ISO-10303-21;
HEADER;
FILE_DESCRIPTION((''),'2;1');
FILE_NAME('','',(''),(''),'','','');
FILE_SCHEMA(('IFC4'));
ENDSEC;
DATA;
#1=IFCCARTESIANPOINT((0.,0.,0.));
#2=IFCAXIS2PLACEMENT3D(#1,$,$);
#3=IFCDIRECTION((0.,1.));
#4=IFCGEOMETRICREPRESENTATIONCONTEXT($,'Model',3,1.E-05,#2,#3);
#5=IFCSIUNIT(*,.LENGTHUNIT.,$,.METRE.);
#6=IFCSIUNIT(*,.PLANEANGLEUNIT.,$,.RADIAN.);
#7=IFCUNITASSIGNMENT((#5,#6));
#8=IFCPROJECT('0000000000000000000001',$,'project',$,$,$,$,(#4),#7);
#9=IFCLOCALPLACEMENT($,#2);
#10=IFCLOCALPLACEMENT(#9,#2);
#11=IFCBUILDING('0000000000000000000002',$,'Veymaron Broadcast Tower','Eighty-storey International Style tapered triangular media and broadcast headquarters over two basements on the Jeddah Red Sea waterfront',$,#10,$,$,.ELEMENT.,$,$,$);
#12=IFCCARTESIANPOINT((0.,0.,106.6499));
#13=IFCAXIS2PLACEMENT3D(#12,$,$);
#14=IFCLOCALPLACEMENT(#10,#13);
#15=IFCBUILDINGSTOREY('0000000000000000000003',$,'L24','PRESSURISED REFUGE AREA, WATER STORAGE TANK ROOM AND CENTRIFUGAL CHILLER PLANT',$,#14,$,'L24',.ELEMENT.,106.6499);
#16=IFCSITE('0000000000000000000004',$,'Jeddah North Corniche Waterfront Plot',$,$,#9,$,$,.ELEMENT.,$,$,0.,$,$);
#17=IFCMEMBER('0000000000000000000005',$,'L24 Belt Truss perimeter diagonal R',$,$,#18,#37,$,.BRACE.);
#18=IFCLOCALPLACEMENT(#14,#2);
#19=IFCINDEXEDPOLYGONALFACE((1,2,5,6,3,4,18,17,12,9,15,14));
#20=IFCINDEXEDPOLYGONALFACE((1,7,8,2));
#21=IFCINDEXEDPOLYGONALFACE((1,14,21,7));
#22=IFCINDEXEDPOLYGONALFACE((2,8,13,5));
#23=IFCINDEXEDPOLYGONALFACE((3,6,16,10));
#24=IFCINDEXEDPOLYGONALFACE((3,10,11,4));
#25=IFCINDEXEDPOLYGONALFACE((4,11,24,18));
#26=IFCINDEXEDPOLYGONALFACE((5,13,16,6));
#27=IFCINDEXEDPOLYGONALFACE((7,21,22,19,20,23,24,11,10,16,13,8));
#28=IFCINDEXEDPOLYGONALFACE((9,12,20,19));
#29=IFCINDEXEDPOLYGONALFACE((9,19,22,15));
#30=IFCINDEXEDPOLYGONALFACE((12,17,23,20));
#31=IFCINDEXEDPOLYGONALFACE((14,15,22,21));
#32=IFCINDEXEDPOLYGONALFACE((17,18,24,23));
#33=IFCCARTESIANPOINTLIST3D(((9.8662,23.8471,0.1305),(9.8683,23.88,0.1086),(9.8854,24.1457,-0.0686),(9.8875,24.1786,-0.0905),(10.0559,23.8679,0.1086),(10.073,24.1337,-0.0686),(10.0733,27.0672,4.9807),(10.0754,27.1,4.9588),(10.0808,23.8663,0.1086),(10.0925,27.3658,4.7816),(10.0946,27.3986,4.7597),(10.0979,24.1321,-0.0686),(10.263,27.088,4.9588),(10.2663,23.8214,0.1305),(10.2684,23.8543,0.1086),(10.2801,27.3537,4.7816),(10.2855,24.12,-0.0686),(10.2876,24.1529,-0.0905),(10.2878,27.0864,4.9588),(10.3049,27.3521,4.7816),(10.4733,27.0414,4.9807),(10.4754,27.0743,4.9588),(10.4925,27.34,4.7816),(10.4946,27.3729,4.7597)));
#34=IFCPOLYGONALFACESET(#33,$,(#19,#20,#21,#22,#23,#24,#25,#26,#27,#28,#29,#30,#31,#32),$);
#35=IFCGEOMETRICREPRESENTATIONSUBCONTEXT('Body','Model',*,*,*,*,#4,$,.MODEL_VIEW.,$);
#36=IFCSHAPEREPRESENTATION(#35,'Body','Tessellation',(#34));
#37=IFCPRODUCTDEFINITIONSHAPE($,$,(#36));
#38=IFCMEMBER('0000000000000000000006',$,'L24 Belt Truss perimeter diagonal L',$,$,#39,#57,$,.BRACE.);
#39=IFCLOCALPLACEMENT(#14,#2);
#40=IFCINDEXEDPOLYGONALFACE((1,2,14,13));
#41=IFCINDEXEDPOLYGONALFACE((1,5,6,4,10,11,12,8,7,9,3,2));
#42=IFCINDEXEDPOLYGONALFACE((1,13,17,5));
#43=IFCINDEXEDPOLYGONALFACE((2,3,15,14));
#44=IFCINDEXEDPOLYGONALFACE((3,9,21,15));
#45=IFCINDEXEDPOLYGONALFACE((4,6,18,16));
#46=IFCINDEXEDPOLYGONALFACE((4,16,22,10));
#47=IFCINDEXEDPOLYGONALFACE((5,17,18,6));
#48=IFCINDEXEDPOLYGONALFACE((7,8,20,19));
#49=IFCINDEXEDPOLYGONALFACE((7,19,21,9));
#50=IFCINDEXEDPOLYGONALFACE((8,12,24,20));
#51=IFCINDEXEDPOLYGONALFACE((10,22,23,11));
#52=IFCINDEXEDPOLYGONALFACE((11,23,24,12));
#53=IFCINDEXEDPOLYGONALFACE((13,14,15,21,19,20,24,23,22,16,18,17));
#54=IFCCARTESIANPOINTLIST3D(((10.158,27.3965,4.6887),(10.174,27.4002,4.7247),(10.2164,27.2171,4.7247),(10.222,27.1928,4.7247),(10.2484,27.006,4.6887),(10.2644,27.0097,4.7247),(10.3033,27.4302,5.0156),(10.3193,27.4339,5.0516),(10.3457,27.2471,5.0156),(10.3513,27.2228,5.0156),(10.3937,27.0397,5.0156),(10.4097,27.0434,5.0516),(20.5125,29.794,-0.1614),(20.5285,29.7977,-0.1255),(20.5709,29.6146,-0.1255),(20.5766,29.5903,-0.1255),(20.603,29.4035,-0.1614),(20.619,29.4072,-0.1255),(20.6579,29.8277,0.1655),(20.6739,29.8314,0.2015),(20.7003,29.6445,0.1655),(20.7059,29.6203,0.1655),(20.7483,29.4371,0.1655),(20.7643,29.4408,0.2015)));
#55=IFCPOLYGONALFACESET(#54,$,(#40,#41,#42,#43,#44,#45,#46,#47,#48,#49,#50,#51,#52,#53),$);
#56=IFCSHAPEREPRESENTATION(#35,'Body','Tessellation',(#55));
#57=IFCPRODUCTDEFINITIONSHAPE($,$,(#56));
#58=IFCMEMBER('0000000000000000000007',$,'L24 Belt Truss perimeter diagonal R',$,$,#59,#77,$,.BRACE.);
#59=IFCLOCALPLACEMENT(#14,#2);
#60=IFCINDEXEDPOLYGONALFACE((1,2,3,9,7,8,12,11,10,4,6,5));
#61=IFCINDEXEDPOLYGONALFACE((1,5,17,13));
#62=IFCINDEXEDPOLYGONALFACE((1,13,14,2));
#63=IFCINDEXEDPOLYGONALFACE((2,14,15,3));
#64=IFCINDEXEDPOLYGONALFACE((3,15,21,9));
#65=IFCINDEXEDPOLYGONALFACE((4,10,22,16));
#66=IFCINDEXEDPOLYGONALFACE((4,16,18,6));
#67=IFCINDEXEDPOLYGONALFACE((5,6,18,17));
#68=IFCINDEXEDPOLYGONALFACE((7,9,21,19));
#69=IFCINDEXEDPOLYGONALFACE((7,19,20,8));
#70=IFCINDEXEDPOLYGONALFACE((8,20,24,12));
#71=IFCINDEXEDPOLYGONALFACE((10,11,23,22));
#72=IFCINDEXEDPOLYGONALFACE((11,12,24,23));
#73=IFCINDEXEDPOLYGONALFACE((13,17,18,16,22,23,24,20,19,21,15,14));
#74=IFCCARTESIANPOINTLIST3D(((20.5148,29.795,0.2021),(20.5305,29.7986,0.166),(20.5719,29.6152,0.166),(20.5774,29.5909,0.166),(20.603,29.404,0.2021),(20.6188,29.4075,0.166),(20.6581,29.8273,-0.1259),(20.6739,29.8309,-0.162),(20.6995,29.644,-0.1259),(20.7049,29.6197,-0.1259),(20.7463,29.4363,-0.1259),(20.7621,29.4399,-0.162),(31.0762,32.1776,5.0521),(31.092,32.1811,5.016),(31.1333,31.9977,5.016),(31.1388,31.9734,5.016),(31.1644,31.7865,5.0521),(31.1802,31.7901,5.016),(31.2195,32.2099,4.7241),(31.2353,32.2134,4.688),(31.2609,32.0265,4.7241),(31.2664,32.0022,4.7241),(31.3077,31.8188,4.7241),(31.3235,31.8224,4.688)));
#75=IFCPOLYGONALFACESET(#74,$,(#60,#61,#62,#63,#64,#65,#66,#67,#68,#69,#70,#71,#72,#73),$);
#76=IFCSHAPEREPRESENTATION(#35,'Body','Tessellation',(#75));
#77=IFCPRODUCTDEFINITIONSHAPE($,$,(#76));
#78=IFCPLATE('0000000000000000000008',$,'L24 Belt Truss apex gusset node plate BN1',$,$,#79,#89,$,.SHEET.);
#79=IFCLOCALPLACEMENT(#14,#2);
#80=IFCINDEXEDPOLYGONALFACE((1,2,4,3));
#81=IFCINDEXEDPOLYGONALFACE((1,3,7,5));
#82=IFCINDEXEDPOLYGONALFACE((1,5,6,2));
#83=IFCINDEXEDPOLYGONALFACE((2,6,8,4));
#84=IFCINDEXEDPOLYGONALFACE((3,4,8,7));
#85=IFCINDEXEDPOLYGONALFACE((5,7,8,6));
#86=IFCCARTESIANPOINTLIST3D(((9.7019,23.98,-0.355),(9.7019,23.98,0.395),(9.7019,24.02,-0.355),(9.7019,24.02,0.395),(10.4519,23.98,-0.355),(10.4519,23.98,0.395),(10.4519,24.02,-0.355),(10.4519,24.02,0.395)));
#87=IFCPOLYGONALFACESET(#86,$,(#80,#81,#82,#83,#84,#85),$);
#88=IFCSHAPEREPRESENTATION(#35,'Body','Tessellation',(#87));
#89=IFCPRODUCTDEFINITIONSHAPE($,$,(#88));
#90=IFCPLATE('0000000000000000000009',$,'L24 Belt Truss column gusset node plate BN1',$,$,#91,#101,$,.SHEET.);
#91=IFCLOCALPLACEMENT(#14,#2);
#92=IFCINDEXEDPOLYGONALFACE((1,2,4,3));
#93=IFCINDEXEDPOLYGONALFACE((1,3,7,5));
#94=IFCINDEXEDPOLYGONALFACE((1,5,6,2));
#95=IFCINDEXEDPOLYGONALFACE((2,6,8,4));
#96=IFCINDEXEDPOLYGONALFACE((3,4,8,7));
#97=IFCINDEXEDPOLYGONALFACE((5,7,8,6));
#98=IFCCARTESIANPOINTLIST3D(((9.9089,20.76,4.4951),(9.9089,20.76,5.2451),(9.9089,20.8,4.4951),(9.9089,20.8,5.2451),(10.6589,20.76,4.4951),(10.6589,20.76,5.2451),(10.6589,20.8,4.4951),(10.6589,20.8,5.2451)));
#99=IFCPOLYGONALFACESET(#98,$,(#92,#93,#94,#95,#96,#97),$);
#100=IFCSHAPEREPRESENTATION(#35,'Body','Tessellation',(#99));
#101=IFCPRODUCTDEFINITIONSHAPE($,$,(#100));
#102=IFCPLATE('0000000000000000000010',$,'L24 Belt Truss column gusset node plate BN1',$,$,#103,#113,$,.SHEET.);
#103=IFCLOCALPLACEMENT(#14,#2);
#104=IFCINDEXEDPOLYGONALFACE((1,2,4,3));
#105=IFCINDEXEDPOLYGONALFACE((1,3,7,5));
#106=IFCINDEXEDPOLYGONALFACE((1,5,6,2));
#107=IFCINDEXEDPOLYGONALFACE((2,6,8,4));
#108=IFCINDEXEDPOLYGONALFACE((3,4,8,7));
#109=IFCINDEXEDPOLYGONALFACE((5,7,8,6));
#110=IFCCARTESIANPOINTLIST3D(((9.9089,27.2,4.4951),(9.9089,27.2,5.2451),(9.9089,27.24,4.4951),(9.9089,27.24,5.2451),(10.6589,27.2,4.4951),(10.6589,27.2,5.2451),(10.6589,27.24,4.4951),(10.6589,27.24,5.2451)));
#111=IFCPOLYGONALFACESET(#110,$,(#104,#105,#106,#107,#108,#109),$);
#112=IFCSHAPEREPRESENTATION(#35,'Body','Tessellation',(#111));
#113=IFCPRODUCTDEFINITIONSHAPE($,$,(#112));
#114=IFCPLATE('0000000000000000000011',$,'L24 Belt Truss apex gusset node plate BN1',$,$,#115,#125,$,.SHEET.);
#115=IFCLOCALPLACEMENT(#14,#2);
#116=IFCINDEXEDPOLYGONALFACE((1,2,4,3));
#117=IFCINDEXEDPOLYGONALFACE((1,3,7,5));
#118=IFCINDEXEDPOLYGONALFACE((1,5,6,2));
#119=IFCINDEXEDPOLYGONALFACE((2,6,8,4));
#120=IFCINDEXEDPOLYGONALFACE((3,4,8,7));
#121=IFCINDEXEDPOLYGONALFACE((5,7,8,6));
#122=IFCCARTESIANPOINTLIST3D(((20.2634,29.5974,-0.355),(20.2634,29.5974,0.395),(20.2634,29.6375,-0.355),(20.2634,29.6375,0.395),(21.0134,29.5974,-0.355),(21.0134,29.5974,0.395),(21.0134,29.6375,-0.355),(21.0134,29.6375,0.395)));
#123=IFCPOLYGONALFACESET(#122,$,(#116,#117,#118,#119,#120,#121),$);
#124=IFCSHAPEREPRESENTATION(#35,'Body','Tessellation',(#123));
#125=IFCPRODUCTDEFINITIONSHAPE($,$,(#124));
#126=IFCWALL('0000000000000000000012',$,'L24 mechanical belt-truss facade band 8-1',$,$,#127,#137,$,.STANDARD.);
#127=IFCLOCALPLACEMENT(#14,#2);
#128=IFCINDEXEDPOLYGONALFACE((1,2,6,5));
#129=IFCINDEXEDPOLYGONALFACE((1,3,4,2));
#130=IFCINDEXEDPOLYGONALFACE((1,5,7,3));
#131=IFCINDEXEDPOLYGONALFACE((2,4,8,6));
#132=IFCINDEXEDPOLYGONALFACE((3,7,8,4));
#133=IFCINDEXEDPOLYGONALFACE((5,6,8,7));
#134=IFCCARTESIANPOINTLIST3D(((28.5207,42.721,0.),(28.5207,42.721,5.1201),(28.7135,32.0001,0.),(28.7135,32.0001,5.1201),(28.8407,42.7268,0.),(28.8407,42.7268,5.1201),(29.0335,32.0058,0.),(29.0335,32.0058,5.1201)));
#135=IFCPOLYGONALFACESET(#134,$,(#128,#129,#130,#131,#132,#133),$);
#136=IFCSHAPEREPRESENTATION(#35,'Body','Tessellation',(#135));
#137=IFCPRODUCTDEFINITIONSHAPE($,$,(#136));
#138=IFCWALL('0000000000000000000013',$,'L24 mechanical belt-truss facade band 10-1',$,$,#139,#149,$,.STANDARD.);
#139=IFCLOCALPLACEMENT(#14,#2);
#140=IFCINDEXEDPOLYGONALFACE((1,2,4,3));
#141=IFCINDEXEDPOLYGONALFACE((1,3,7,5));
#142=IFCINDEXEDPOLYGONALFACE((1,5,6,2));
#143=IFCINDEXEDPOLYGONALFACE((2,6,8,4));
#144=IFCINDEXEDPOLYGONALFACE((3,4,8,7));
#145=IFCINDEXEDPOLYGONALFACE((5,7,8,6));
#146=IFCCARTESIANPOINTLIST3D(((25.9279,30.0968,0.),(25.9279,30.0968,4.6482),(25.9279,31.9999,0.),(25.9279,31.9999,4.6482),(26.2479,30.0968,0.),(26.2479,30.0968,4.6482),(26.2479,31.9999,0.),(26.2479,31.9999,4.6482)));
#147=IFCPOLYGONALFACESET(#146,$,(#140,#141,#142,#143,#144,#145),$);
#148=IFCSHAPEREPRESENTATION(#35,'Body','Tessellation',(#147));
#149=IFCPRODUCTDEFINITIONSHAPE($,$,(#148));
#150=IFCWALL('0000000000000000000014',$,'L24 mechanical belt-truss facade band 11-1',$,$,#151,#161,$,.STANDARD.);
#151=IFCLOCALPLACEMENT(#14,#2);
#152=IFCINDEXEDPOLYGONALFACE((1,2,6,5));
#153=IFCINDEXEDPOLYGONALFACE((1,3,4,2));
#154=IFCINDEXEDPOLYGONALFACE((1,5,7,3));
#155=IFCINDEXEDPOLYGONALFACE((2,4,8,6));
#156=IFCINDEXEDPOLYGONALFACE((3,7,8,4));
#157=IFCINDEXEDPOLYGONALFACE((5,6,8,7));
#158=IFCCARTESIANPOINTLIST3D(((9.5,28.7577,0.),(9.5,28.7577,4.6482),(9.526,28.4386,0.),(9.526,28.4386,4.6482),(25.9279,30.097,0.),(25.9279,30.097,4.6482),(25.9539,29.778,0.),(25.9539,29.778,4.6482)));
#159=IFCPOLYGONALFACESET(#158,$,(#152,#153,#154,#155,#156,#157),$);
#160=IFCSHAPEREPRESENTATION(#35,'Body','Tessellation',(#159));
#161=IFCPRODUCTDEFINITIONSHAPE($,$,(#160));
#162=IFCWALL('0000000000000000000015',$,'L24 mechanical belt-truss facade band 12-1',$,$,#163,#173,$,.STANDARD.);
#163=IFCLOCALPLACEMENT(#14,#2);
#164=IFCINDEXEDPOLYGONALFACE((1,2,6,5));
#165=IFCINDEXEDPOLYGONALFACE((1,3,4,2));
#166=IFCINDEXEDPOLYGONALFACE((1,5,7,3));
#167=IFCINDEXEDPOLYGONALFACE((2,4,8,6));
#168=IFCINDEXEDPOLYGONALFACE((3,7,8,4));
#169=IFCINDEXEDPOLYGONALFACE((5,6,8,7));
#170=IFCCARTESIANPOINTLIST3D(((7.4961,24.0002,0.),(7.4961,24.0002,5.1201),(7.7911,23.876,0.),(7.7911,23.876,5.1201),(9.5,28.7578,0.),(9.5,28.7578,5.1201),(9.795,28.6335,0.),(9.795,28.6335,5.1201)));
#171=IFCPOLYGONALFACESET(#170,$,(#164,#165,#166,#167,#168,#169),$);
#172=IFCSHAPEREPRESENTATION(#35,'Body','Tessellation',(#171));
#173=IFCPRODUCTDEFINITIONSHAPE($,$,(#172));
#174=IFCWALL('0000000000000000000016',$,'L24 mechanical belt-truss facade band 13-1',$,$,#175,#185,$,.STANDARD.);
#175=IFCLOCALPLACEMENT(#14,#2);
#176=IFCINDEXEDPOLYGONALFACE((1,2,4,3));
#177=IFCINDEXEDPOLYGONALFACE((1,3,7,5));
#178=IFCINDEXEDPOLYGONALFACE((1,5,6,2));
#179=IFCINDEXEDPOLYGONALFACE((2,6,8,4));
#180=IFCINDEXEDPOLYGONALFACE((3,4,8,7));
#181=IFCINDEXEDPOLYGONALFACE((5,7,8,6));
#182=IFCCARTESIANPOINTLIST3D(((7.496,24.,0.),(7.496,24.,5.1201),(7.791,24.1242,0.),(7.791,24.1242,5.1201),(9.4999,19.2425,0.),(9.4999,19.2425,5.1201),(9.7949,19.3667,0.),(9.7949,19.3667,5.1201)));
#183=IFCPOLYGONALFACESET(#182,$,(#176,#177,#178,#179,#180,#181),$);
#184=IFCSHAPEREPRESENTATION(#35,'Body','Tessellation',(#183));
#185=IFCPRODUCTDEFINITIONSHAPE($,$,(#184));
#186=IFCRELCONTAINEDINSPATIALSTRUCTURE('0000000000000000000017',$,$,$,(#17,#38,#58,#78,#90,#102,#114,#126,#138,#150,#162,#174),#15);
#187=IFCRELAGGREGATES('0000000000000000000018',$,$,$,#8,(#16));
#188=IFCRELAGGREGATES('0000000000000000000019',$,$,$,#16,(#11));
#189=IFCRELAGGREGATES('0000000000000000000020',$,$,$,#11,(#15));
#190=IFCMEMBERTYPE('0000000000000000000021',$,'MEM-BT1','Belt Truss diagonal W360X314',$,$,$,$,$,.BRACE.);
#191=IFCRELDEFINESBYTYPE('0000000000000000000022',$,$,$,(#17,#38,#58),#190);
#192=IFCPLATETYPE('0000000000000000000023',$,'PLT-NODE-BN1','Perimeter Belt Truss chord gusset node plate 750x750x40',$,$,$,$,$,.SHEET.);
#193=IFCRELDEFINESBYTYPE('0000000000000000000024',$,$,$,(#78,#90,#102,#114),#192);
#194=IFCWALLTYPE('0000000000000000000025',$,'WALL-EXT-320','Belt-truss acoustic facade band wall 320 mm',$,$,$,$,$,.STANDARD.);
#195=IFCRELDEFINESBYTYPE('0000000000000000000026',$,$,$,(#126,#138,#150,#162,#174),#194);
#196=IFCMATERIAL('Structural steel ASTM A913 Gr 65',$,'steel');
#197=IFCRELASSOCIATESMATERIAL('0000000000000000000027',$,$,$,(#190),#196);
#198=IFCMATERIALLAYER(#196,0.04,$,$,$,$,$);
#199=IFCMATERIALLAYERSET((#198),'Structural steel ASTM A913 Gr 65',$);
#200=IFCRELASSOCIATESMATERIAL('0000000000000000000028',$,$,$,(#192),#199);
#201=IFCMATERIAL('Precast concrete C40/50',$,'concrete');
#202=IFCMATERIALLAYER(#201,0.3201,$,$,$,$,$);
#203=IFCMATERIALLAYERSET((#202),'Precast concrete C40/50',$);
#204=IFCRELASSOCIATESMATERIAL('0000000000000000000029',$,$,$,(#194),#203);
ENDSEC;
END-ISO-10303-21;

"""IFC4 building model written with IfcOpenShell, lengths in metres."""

from ifc_helpers import new_model, si_unit, direction, frame, frame_2d, origin, origin_2d, place, context, subcontext, project, spatial, rectangle, i_section, extrude, material, layer, layer_set, material_profile, profile_set, type_object, element, save


model = new_model("IFC4")

# Units and contexts
model_context = context("Model", 3, precision=1e-05, world=origin(), true_north=direction((0.0, 1.0)))
body_context = subcontext(model_context, "Body", "Model", "MODEL_VIEW")
ifc_project = project(units=[si_unit("LENGTHUNIT", "METRE"), si_unit("PLANEANGLEUNIT", "RADIAN")], contexts=[model_context])

# Site, building, storey
site_placement = place(None, origin())
site = spatial("IfcSite", under=ifc_project, at=site_placement, Name="Jeddah North Corniche Waterfront Plot", CompositionType="ELEMENT", RefElevation=0.0)
building_placement = place(site_placement, origin())
building = spatial("IfcBuilding", under=site, at=building_placement, Name="Veymaron Broadcast Tower", Description="Eighty-storey International Style tapered triangular media and broadcast headquarters over two basements on the Jeddah Red Sea waterfront", CompositionType="ELEMENT")
storey_placement = place(building_placement, frame((0.0, 0.0, 106.6499)))
storey = spatial("IfcBuildingStorey", under=building, at=storey_placement, Name="L24", Description="PRESSURISED REFUGE AREA, WATER STORAGE TANK ROOM AND CENTRIFUGAL CHILLER PLANT", LongName="L24", CompositionType="ELEMENT", Elevation=106.6499)

# Shared definitions
ifc_material_1 = material(Name="Structural steel ASTM A913 Gr 65", Category="steel")

# Members
ifc_material_profile_1 = material_profile(ifc_material_1, i_section(OverallWidth=0.4009, OverallDepth=0.3989, WebThickness=0.0249, FlangeThickness=0.0396, at=origin_2d()), Name="W360X314")
ifc_profile_set_1 = profile_set([ifc_material_profile_1], Name="Structural steel ASTM A913 Gr 65")
member_type = type_object("IfcMemberType", Name="MEM-BT1", Description="Belt Truss diagonal W360X314", PredefinedType="BRACE", material=ifc_profile_set_1)
for number, where, z_axis, x_axis, name in (
    (1, (10.0769, 24.0, 0.02), (0.03554, 0.552753, 0.832587), (-0.997939, 0.064164, 0.0), "L24 Belt Truss perimeter diagonal R"),
):
    element("IfcMember", number, at=place(storey_placement, frame(where, z_axis=z_axis, x_axis=x_axis)), inside=storey, type_object=member_type, Name=name, PredefinedType="BRACE", context=body_context, shape_type="SweptSolid", body=[
        extrude(i_section(OverallWidth=0.4009, OverallDepth=0.3989, WebThickness=0.0249, FlangeThickness=0.0396, at=origin_2d()), origin(), (0.0, 0.0, 1.0), 5.8254),
    ])
member_1_placement = place(storey_placement, frame((20.6384, 29.6174, 0.02), z_axis=(-0.886306, -0.205214, 0.41515), x_axis=(0.225571, -0.974227, 0.0)))
element("IfcMember", 2, at=member_1_placement, inside=storey, type_object=member_type, Name="L24 Belt Truss perimeter diagonal L", PredefinedType="BRACE", context=body_context, shape_type="SweptSolid", body=[
    extrude(i_section(OverallWidth=0.4009, OverallDepth=0.3989, WebThickness=0.0249, FlangeThickness=0.0396, at=origin_2d()), origin(), (0.0, 0.0, 1.0), 11.6829),
])
member_2_placement = place(storey_placement, frame((20.6384, 29.6174, 0.02), z_axis=(0.890243, 0.20083, 0.408821), x_axis=(-0.220059, 0.975486, 0.0)))
element("IfcMember", 3, at=member_2_placement, inside=storey, type_object=member_type, Name="L24 Belt Truss perimeter diagonal R", PredefinedType="BRACE", context=body_context, shape_type="SweptSolid", body=[
    extrude(i_section(OverallWidth=0.4009, OverallDepth=0.3989, WebThickness=0.0249, FlangeThickness=0.0396, at=origin_2d()), origin(), (0.0, 0.0, 1.0), 11.8635),
])

# Plates
ifc_layer_1 = layer(ifc_material_1, 0.04)
ifc_layer_set_1 = layer_set([ifc_layer_1], Name="Structural steel ASTM A913 Gr 65")
plate_type = type_object("IfcPlateType", Name="PLT-NODE-BN1", Description="Perimeter Belt Truss chord gusset node plate 750x750x40", PredefinedType="SHEET", material=ifc_layer_set_1)
for number, where, z_axis, x_axis, name in (
    (4, (10.0769, 24.0, -0.355), (0.0, 0.0, 1.0), (1.0, 0.0, 0.0), "L24 Belt Truss apex gusset node plate BN1"),
    (5, (10.2839, 20.78, 4.4951), (0.0, 0.0, 1.0), (1.0, 0.0, 0.0), "L24 Belt Truss column gusset node plate BN1"),
    (6, (10.2839, 27.22, 4.4951), (0.0, 0.0, 1.0), (1.0, 0.0, 0.0), "L24 Belt Truss column gusset node plate BN1"),
    (7, (20.6384, 29.6174, -0.355), (0.0, 0.0, 1.0), (1.0, 0.0, 0.0), "L24 Belt Truss apex gusset node plate BN1"),
):
    element("IfcPlate", number, at=place(storey_placement, frame(where, z_axis=z_axis, x_axis=x_axis)), inside=storey, type_object=plate_type, Name=name, PredefinedType="SHEET", context=body_context, shape_type="SweptSolid", body=[
        extrude(rectangle(XDim=0.75, YDim=0.04, at=origin_2d()), origin(), (0.0, 0.0, 1.0), 0.75),
    ])

# Walls
ifc_material_2 = material(Name="Precast concrete C40/50", Category="concrete")
ifc_layer_2 = layer(ifc_material_2, 0.3201)
ifc_layer_set_2 = layer_set([ifc_layer_2], Name="Precast concrete C40/50")
wall_type_1 = type_object("IfcWallType", Name="WALL-EXT-320", Description="Belt-truss acoustic facade band wall 320 mm", PredefinedType="STANDARD", material=ifc_layer_set_2)
wall_1_placement = place(storey_placement, frame((28.6807, 42.7239, 0.0), z_axis=(0.0, 0.0, 1.0), x_axis=(0.017987, -0.999838, 0.0)))
element("IfcWall", 8, at=wall_1_placement, inside=storey, type_object=wall_type_1, Name="L24 mechanical belt-truss facade band 8-1", PredefinedType="STANDARD", context=body_context, shape_type="SweptSolid", body=[
    extrude(rectangle(XDim=10.7227, YDim=0.3201, at=frame_2d((5.3613, 0.0))), origin(), (0.0, 0.0, 1.0), 5.1201),
])
wall_2_placement = place(storey_placement, frame((26.0879, 32.0, 0.0), z_axis=(0.0, 0.0, 1.0), x_axis=(0.0, -1.0, 0.0)))
element("IfcWall", 9, at=wall_2_placement, inside=storey, type_object=wall_type_1, Name="L24 mechanical belt-truss facade band 10-1", PredefinedType="STANDARD", context=body_context, shape_type="SweptSolid", body=[
    extrude(rectangle(XDim=1.9031, YDim=0.3201, at=frame_2d((0.9517, 0.0))), origin(), (0.0, 0.0, 1.0), 4.6482),
])
wall_3_placement = place(storey_placement, frame((25.9409, 29.9375, 0.0), z_axis=(0.0, 0.0, 1.0), x_axis=(-0.996693, -0.081259, 0.0)))
element("IfcWall", 10, at=wall_3_placement, inside=storey, type_object=wall_type_1, Name="L24 mechanical belt-truss facade band 11-1", PredefinedType="STANDARD", context=body_context, shape_type="SweptSolid", body=[
    extrude(rectangle(XDim=16.4824, YDim=0.3201, at=frame_2d((8.2412, 0.0))), origin(), (0.0, 0.0, 1.0), 4.6482),
])
for number, where, z_axis, x_axis, name in (
    (11, (9.6475, 28.6956, 0.0), (0.0, 0.0, 1.0), (-0.388175, -0.921586, 0.0), "L24 mechanical belt-truss facade band 12-1"),
    (12, (7.6436, 24.062, 0.0), (0.0, 0.0, 1.0), (0.388175, -0.921586, 0.0), "L24 mechanical belt-truss facade band 13-1"),
):
    element("IfcWall", number, at=place(storey_placement, frame(where, z_axis=z_axis, x_axis=x_axis)), inside=storey, type_object=wall_type_1, Name=name, PredefinedType="STANDARD", context=body_context, shape_type="SweptSolid", body=[
        extrude(rectangle(XDim=5.1624, YDim=0.3201, at=frame_2d((2.5811, 0.0))), origin(), (0.0, 0.0, 1.0), 5.1201),
    ])

save(model, "model.ifc")
